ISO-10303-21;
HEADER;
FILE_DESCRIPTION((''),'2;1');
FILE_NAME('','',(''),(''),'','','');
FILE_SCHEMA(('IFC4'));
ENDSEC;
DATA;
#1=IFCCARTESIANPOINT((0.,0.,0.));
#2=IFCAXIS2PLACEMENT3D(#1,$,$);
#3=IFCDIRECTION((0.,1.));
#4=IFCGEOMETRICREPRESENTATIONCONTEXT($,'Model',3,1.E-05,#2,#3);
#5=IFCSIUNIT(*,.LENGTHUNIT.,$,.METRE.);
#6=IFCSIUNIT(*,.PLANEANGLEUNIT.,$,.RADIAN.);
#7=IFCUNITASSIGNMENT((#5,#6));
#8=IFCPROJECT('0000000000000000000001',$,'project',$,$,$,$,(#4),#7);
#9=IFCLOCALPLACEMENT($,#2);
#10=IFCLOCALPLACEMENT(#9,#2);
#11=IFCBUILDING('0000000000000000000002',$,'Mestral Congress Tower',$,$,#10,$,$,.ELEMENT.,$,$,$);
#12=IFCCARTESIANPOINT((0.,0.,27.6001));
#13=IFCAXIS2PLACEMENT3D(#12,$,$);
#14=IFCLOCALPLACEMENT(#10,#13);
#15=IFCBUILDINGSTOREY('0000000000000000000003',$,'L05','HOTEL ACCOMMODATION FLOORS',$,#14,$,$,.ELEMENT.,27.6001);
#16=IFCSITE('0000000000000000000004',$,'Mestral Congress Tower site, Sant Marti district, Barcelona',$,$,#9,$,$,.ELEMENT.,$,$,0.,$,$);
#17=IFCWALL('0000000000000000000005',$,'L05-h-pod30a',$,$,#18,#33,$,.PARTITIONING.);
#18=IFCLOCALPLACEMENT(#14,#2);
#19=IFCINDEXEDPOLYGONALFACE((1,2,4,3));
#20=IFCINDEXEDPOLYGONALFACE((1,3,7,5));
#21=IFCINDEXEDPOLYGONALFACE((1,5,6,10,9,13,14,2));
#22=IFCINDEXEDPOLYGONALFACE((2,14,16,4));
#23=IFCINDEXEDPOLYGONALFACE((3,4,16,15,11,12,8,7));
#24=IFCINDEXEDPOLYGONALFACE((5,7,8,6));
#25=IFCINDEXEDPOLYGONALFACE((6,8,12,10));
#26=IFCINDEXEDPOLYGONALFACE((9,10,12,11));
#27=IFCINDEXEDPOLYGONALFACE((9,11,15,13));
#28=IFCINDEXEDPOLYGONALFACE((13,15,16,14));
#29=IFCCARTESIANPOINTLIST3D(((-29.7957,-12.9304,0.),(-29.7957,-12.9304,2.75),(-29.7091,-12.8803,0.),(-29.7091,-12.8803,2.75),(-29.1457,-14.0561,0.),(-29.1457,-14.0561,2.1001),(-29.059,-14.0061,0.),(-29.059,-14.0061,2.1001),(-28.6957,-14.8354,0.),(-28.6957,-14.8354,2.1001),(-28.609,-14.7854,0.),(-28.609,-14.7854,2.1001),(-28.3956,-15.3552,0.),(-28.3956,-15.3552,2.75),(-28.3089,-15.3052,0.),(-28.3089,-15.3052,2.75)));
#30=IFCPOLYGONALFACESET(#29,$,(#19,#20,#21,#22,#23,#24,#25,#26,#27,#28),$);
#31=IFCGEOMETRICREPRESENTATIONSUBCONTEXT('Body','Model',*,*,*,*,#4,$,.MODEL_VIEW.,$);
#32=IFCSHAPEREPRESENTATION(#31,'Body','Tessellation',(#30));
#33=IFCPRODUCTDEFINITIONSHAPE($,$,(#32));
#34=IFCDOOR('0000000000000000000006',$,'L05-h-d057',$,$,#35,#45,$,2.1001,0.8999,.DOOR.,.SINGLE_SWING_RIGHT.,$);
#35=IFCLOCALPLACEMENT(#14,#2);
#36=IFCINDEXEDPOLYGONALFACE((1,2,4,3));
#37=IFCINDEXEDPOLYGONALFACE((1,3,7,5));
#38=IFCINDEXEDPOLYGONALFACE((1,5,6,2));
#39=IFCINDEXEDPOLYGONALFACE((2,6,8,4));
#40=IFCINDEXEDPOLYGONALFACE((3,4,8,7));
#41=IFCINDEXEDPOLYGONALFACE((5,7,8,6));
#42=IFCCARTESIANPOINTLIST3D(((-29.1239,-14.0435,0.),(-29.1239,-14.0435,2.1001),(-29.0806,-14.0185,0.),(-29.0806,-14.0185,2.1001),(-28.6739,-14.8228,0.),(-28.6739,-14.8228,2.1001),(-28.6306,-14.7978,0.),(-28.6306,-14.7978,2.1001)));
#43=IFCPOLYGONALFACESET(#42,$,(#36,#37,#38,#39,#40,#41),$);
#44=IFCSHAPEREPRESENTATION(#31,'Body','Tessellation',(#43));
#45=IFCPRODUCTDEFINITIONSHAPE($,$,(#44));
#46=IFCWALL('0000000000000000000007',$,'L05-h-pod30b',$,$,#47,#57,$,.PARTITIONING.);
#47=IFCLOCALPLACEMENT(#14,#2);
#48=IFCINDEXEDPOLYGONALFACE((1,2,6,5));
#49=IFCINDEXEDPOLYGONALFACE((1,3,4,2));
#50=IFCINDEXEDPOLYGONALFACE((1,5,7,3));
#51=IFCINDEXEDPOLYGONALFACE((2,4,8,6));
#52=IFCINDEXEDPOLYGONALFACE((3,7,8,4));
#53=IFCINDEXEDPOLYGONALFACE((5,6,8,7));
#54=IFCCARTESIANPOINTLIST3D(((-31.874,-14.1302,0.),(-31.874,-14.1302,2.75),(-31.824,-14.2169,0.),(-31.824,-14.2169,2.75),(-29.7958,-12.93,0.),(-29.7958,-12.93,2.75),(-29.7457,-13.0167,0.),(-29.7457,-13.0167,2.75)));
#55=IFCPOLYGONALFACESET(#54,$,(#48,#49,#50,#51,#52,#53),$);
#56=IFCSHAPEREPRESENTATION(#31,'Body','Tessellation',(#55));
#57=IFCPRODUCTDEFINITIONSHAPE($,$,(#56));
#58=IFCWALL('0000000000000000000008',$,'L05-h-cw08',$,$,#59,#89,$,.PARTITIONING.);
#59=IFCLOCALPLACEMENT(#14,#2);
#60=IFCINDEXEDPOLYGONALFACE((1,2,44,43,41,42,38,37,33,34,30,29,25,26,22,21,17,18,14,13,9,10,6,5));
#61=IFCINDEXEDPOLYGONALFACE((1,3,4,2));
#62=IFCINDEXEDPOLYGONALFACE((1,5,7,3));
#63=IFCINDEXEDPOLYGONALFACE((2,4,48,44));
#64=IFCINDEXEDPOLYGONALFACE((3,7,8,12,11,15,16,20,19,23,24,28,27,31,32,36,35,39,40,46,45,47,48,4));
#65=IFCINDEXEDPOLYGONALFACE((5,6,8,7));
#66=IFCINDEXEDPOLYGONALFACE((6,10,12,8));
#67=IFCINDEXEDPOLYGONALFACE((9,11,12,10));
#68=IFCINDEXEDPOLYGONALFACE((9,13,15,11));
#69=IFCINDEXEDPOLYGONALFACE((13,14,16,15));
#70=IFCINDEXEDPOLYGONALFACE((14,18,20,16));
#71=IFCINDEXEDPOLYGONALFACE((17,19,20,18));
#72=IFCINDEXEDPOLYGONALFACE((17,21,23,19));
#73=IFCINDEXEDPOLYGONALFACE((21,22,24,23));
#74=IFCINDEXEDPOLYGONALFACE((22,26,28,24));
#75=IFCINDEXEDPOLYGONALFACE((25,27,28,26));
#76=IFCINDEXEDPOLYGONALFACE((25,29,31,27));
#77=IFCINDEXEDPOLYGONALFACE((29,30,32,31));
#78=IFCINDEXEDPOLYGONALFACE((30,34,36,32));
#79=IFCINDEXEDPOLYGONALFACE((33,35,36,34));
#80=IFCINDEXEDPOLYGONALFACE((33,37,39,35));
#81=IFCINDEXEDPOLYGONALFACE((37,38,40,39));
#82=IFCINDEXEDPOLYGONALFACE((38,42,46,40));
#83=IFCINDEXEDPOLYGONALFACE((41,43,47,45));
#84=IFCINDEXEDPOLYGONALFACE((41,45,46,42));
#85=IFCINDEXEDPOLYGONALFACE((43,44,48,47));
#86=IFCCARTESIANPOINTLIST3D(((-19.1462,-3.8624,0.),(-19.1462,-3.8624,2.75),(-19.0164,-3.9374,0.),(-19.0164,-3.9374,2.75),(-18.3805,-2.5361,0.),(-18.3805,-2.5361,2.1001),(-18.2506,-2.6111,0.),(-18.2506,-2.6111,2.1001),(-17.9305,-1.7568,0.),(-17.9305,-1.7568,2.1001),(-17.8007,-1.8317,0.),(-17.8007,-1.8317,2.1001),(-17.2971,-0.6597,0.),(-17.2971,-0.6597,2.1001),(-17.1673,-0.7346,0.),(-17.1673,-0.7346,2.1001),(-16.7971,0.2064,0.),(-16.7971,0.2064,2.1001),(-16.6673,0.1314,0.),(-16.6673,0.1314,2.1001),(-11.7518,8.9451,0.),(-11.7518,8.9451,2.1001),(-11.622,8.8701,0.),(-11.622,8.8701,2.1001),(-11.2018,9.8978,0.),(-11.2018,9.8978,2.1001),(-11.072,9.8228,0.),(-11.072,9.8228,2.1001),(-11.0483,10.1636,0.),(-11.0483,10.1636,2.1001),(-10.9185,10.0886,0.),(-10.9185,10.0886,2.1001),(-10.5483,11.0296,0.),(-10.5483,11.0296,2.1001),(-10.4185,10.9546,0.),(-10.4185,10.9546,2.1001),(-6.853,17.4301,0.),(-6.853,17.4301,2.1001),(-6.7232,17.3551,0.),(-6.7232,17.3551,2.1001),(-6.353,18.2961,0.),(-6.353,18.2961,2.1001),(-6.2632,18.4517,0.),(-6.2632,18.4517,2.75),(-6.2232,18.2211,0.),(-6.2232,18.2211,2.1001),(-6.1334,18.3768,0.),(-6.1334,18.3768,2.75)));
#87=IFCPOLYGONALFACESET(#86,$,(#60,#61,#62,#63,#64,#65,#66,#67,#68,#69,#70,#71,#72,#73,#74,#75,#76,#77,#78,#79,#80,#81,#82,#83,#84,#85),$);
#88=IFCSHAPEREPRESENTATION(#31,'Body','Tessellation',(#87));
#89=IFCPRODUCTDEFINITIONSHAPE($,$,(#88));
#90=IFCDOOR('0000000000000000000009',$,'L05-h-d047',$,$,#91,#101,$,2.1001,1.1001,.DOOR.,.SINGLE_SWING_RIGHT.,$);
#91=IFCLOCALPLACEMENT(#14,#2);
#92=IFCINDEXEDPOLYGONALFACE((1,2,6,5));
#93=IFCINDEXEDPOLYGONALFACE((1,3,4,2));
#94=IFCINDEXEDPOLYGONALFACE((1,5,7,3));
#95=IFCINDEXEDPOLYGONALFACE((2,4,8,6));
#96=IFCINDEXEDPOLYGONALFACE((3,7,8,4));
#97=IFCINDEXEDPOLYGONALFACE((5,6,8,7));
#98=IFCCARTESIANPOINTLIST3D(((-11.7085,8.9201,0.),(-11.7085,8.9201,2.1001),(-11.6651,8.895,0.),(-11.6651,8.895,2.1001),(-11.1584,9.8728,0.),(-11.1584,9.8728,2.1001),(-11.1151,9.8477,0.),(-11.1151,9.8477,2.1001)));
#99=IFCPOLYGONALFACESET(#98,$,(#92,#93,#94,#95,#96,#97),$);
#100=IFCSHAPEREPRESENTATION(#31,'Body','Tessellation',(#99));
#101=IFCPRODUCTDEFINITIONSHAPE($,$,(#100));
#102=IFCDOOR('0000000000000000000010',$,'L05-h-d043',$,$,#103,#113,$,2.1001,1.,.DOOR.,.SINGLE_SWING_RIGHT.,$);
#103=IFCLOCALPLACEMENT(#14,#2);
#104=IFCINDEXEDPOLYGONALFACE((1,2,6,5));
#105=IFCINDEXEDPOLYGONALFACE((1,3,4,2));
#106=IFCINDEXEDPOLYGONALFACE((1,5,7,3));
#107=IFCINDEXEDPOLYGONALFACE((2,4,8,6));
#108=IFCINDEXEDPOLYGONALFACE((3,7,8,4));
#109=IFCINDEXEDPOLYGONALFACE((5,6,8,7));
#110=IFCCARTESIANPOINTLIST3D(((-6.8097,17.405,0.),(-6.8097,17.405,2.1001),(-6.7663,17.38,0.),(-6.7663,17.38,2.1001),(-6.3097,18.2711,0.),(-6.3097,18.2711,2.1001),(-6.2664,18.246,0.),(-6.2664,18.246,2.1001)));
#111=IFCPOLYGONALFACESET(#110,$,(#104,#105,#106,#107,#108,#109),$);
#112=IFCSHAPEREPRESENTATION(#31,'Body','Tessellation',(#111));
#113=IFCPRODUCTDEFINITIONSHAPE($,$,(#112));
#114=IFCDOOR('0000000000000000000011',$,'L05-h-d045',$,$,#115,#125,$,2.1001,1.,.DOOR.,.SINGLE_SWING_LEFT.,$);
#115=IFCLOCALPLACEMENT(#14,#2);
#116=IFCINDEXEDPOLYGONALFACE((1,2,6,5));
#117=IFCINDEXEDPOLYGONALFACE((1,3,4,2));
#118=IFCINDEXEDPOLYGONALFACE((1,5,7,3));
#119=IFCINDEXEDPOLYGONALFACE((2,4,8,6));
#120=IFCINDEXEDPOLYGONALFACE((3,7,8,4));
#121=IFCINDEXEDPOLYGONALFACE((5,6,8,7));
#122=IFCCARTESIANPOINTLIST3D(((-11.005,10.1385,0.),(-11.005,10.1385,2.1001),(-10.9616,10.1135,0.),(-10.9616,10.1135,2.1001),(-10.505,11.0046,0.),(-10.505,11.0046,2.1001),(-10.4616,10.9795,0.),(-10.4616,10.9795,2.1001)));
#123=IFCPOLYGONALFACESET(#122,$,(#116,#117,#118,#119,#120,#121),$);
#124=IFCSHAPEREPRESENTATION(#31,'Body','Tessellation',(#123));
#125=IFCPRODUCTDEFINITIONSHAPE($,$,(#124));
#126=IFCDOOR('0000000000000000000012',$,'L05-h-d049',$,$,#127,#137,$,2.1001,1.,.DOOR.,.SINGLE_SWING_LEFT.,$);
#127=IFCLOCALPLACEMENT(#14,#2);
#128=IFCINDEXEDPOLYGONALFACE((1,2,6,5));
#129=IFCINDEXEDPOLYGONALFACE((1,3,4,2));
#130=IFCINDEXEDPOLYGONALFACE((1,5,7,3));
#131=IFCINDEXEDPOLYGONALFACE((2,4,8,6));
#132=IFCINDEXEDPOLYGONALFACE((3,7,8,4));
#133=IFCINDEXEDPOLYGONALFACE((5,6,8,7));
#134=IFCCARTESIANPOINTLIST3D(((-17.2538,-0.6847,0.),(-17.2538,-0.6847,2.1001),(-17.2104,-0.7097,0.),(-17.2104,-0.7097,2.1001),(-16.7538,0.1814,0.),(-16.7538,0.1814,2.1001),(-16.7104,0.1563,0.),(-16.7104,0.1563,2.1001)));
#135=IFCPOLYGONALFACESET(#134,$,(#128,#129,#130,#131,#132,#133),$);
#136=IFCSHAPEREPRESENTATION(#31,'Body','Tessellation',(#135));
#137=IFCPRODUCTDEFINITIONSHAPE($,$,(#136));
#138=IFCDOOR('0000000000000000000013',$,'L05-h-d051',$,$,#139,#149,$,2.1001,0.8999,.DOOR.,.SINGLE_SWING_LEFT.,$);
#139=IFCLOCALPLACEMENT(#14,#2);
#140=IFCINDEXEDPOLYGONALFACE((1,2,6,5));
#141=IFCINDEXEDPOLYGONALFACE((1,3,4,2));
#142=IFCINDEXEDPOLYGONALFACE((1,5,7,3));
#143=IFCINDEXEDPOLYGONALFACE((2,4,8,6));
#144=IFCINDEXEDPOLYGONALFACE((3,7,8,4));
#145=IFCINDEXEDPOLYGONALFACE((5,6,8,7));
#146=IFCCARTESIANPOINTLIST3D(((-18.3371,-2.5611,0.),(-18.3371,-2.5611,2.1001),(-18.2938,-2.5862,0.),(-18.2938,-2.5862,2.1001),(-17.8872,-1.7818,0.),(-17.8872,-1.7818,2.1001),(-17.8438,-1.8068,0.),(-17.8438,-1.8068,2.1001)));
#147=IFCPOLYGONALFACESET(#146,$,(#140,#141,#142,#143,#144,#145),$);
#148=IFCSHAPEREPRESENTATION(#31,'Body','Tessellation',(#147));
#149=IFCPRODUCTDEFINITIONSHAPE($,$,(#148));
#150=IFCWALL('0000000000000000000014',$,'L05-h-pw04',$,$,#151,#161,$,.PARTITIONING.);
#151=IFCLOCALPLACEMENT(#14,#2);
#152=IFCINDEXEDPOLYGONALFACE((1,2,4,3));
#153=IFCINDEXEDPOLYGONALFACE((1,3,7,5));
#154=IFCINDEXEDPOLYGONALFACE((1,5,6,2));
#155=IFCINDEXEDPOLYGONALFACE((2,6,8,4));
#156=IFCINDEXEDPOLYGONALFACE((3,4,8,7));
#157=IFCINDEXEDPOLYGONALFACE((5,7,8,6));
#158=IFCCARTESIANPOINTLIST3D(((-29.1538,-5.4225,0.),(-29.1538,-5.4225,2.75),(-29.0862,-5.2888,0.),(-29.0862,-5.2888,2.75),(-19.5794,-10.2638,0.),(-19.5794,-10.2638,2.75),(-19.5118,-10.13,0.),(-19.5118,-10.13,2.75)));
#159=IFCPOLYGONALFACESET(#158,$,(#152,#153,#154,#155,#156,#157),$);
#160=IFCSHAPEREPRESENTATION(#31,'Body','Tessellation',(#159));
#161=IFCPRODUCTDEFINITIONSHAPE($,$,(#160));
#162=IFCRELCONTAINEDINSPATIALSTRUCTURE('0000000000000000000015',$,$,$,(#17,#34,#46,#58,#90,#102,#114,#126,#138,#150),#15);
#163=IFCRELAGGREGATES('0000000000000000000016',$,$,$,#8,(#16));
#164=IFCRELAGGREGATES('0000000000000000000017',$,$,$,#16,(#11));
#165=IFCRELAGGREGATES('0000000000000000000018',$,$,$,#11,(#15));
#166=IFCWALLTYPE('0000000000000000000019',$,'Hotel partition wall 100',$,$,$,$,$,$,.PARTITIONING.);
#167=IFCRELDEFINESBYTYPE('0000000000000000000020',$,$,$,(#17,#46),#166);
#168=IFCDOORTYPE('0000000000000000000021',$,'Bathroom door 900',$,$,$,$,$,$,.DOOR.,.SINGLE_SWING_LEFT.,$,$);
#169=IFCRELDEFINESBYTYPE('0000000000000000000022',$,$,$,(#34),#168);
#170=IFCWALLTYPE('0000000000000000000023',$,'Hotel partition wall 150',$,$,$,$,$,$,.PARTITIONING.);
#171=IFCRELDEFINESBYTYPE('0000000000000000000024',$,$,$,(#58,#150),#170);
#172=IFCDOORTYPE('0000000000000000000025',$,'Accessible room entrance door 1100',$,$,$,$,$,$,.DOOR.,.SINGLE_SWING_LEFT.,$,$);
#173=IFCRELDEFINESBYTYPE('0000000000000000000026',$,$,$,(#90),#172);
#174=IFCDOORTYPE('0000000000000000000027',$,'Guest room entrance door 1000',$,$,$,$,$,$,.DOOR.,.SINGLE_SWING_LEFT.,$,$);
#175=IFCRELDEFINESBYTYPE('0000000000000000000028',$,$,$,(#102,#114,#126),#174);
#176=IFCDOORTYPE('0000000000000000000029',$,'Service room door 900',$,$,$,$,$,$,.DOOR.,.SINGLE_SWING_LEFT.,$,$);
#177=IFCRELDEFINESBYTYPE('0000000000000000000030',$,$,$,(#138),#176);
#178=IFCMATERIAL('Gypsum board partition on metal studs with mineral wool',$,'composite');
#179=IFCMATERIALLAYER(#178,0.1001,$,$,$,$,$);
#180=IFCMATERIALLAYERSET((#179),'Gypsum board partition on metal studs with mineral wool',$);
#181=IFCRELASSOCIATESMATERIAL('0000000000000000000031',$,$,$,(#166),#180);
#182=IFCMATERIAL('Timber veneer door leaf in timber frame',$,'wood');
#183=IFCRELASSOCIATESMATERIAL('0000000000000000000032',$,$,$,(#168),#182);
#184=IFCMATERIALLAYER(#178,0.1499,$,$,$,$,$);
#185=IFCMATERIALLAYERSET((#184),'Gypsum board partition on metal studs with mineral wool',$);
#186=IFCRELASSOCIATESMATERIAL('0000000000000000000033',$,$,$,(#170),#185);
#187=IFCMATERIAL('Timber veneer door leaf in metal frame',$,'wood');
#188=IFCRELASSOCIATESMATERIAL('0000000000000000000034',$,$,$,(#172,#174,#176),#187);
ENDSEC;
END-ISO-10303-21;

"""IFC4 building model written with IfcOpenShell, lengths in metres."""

from ifc_helpers import new_model, si_unit, direction, frame, frame_2d, origin, place, context, subcontext, project, spatial, rectangle, extrude, material, layer, layer_set, type_object, element, fill, save


model = new_model("IFC4")

# Units and contexts
model_context = context("Model", 3, precision=1e-05, world=origin(), true_north=direction((0.0, 1.0)))
body_context = subcontext(model_context, "Body", "Model", "MODEL_VIEW")
ifc_project = project(units=[si_unit("LENGTHUNIT", "METRE"), si_unit("PLANEANGLEUNIT", "RADIAN")], contexts=[model_context])

# Site, building, storey
site_placement = place(None, origin())
site = spatial("IfcSite", under=ifc_project, at=site_placement, Name="Mestral Congress Tower site, Sant Marti district, Barcelona", CompositionType="ELEMENT", RefElevation=0.0)
building_placement = place(site_placement, origin())
building = spatial("IfcBuilding", under=site, at=building_placement, Name="Mestral Congress Tower", CompositionType="ELEMENT")
storey_placement = place(building_placement, frame((0.0, 0.0, 27.6001)))
storey = spatial("IfcBuildingStorey", under=building, at=storey_placement, Name="L05", Description="HOTEL ACCOMMODATION FLOORS", CompositionType="ELEMENT", Elevation=27.6001)

# Shared definitions
ifc_material_1 = material(Name="Gypsum board partition on metal studs with mineral wool", Category="composite")
ifc_layer_1 = layer(ifc_material_1, 0.1001)
ifc_layer_set_1 = layer_set([ifc_layer_1], Name="Gypsum board partition on metal studs with mineral wool")
wall_type_1 = type_object("IfcWallType", Name="Hotel partition wall 100", PredefinedType="PARTITIONING", material=ifc_layer_set_1)
ifc_material_2 = material(Name="Timber veneer door leaf in timber frame", Category="wood")
door_type_1 = type_object("IfcDoorType", Name="Bathroom door 900", OperationType="SINGLE_SWING_LEFT", PredefinedType="DOOR", material=ifc_material_2)

# Wall, opening, door
wall_1_placement = place(storey_placement, frame((-28.3523, -15.3301, 0.0), z_axis=(0.0, 0.0, 1.0), x_axis=(-0.50005, 0.865997, 0.0)))
wall_1 = element("IfcWall", 1, at=wall_1_placement, inside=storey, type_object=wall_type_1, Name="L05-h-pod30a", PredefinedType="PARTITIONING", context=body_context, shape_type="SweptSolid", body=[
    extrude(rectangle(XDim=2.8, YDim=0.1001, at=frame_2d((1.3999, 0.0))), origin(), (0.0, 0.0, 1.0), 2.75),
])
opening_1_placement = place(wall_1_placement, frame((0.6001, 0.0, 0.0)))
opening_1 = element("IfcOpeningElement", 2, at=opening_1_placement, cuts=wall_1, PredefinedType="OPENING", context=body_context, shape_type="SweptSolid", body=[
    extrude(rectangle(XDim=0.8999, YDim=2.1001, at=frame_2d((0.45, 1.05))), frame((0.0, 0.0601, 0.0), z_axis=(0.0, -1.0, 0.0), x_axis=(1.0, 0.0, 0.0)), (0.0, 0.0, 1.0), 0.1201),
])
door_1_placement = place(opening_1_placement, origin())
door_1 = element("IfcDoor", 3, at=door_1_placement, inside=storey, type_object=door_type_1, Name="L05-h-d057", OperationType="SINGLE_SWING_RIGHT", OverallHeight=2.1001, OverallWidth=0.8999, PredefinedType="DOOR", context=body_context, shape_type="SweptSolid", body=[
    extrude(rectangle(XDim=0.8999, YDim=2.1001, at=frame_2d((0.45, 1.05))), frame((0.0, 0.0249, 0.0), z_axis=(0.0, -1.0, 0.0), x_axis=(1.0, 0.0, 0.0)), (0.0, 0.0, 1.0), 0.05),
])
fill(opening_1, door_1)

# Wall
wall_2_placement = place(storey_placement, frame((-29.7708, -12.9734, 0.0), z_axis=(0.0, 0.0, 1.0), x_axis=(-0.865981, -0.500078, 0.0)))
element("IfcWall", 4, at=wall_2_placement, inside=storey, type_object=wall_type_1, Name="L05-h-pod30b", PredefinedType="PARTITIONING", context=body_context, shape_type="SweptSolid", body=[
    extrude(rectangle(XDim=2.3999, YDim=0.1001, at=frame_2d((1.2, 0.0))), origin(), (0.0, 0.0, 1.0), 2.75),
])

# Wall, openings, doors
ifc_layer_2 = layer(ifc_material_1, 0.1499)
ifc_layer_set_2 = layer_set([ifc_layer_2], Name="Gypsum board partition on metal studs with mineral wool")
wall_type_2 = type_object("IfcWallType", Name="Hotel partition wall 150", PredefinedType="PARTITIONING", material=ifc_layer_set_2)
wall_3_placement = place(storey_placement, frame((-19.0813, -3.8999, 0.0), z_axis=(0.0, 0.0, 1.0), x_axis=(0.499998, 0.866026, 0.0)))
wall_3 = element("IfcWall", 5, at=wall_3_placement, inside=storey, type_object=wall_type_2, Name="L05-h-cw08", PredefinedType="PARTITIONING", context=body_context, shape_type="SweptSolid", body=[
    extrude(rectangle(XDim=25.7661, YDim=0.1499, at=frame_2d((12.8831, 0.0))), origin(), (0.0, 0.0, 1.0), 2.75),
])
opening_2_placement = place(wall_3_placement, frame((24.5864, 0.0, 0.0)))
opening_2 = element("IfcOpeningElement", 6, at=opening_2_placement, cuts=wall_3, PredefinedType="OPENING", context=body_context, shape_type="SweptSolid", body=[
    extrude(rectangle(XDim=1.0, YDim=2.1001, at=frame_2d((0.5, 1.05))), frame((0.0, 0.085, 0.0), z_axis=(0.0, -1.0, 0.0), x_axis=(1.0, 0.0, 0.0)), (0.0, 0.0, 1.0), 0.1699),
])
opening_3_placement = place(wall_3_placement, frame((16.1958, 0.0, 0.0)))
opening_3 = element("IfcOpeningElement", 7, at=opening_3_placement, cuts=wall_3, PredefinedType="OPENING", context=body_context, shape_type="SweptSolid", body=[
    extrude(rectangle(XDim=1.0, YDim=2.1001, at=frame_2d((0.5, 1.05))), frame((0.0, 0.085, 0.0), z_axis=(0.0, -1.0, 0.0), x_axis=(1.0, 0.0, 0.0)), (0.0, 0.0, 1.0), 0.1699),
])
opening_4_placement = place(wall_3_placement, frame((14.7888, 0.0, 0.0)))
opening_4 = element("IfcOpeningElement", 8, at=opening_4_placement, cuts=wall_3, PredefinedType="OPENING", context=body_context, shape_type="SweptSolid", body=[
    extrude(rectangle(XDim=1.1001, YDim=2.1001, at=frame_2d((0.55, 1.05))), frame((0.0, 0.085, 0.0), z_axis=(0.0, -1.0, 0.0), x_axis=(1.0, 0.0, 0.0)), (0.0, 0.0, 1.0), 0.1699),
])
opening_5_placement = place(wall_3_placement, frame((3.6982, 0.0, 0.0)))
opening_5 = element("IfcOpeningElement", 9, at=opening_5_placement, cuts=wall_3, PredefinedType="OPENING", context=body_context, shape_type="SweptSolid", body=[
    extrude(rectangle(XDim=1.0, YDim=2.1001, at=frame_2d((0.5, 1.05))), frame((0.0, 0.085, 0.0), z_axis=(0.0, -1.0, 0.0), x_axis=(1.0, 0.0, 0.0)), (0.0, 0.0, 1.0), 0.1699),
])
opening_6_placement = place(wall_3_placement, frame((1.5315, 0.0, 0.0)))
opening_6 = element("IfcOpeningElement", 10, at=opening_6_placement, cuts=wall_3, PredefinedType="OPENING", context=body_context, shape_type="SweptSolid", body=[
    extrude(rectangle(XDim=0.8999, YDim=2.1001, at=frame_2d((0.45, 1.05))), frame((0.0, 0.085, 0.0), z_axis=(0.0, -1.0, 0.0), x_axis=(1.0, 0.0, 0.0)), (0.0, 0.0, 1.0), 0.1699),
])
ifc_material_3 = material(Name="Timber veneer door leaf in metal frame", Category="wood")
door_type_2 = type_object("IfcDoorType", Name="Accessible room entrance door 1100", OperationType="SINGLE_SWING_LEFT", PredefinedType="DOOR", material=ifc_material_3)
door_2_placement = place(opening_4_placement, origin())
door_2 = element("IfcDoor", 11, at=door_2_placement, inside=storey, type_object=door_type_2, Name="L05-h-d047", OperationType="SINGLE_SWING_RIGHT", OverallHeight=2.1001, OverallWidth=1.1001, PredefinedType="DOOR", context=body_context, shape_type="SweptSolid", body=[
    extrude(rectangle(XDim=1.1001, YDim=2.1001, at=frame_2d((0.55, 1.05))), frame((0.0, 0.0249, 0.0), z_axis=(0.0, -1.0, 0.0), x_axis=(1.0, 0.0, 0.0)), (0.0, 0.0, 1.0), 0.05),
])
fill(opening_4, door_2)
door_type_3 = type_object("IfcDoorType", Name="Guest room entrance door 1000", OperationType="SINGLE_SWING_LEFT", PredefinedType="DOOR", material=ifc_material_3)
door_3_placement = place(opening_2_placement, origin())
door_3 = element("IfcDoor", 12, at=door_3_placement, inside=storey, type_object=door_type_3, Name="L05-h-d043", OperationType="SINGLE_SWING_RIGHT", OverallHeight=2.1001, OverallWidth=1.0, PredefinedType="DOOR", context=body_context, shape_type="SweptSolid", body=[
    extrude(rectangle(XDim=1.0, YDim=2.1001, at=frame_2d((0.5, 1.05))), frame((0.0, 0.0249, 0.0), z_axis=(0.0, -1.0, 0.0), x_axis=(1.0, 0.0, 0.0)), (0.0, 0.0, 1.0), 0.05),
])
fill(opening_2, door_3)
door_4_placement = place(opening_3_placement, origin())
door_4 = element("IfcDoor", 13, at=door_4_placement, inside=storey, type_object=door_type_3, Name="L05-h-d045", OperationType="SINGLE_SWING_LEFT", OverallHeight=2.1001, OverallWidth=1.0, PredefinedType="DOOR", context=body_context, shape_type="SweptSolid", body=[
    extrude(rectangle(XDim=1.0, YDim=2.1001, at=frame_2d((0.5, 1.05))), frame((0.0, 0.0249, 0.0), z_axis=(0.0, -1.0, 0.0), x_axis=(1.0, 0.0, 0.0)), (0.0, 0.0, 1.0), 0.05),
])
fill(opening_3, door_4)
door_5_placement = place(opening_5_placement, origin())
door_5 = element("IfcDoor", 14, at=door_5_placement, inside=storey, type_object=door_type_3, Name="L05-h-d049", OperationType="SINGLE_SWING_LEFT", OverallHeight=2.1001, OverallWidth=1.0, PredefinedType="DOOR", context=body_context, shape_type="SweptSolid", body=[
    extrude(rectangle(XDim=1.0, YDim=2.1001, at=frame_2d((0.5, 1.05))), frame((0.0, 0.0249, 0.0), z_axis=(0.0, -1.0, 0.0), x_axis=(1.0, 0.0, 0.0)), (0.0, 0.0, 1.0), 0.05),
])
fill(opening_5, door_5)
door_type_4 = type_object("IfcDoorType", Name="Service room door 900", OperationType="SINGLE_SWING_LEFT", PredefinedType="DOOR", material=ifc_material_3)
door_6_placement = place(opening_6_placement, origin())
door_6 = element("IfcDoor", 15, at=door_6_placement, inside=storey, type_object=door_type_4, Name="L05-h-d051", OperationType="SINGLE_SWING_LEFT", OverallHeight=2.1001, OverallWidth=0.8999, PredefinedType="DOOR", context=body_context, shape_type="SweptSolid", body=[
    extrude(rectangle(XDim=0.8999, YDim=2.1001, at=frame_2d((0.45, 1.05))), frame((0.0, 0.0249, 0.0), z_axis=(0.0, -1.0, 0.0), x_axis=(1.0, 0.0, 0.0)), (0.0, 0.0, 1.0), 0.05),
])
fill(opening_6, door_6)

# Wall
wall_4_placement = place(storey_placement, frame((-29.1199, -5.3557, 0.0), z_axis=(0.0, 0.0, 1.0), x_axis=(0.892402, -0.451241, 0.0)))
element("IfcWall", 16, at=wall_4_placement, inside=storey, type_object=wall_type_2, Name="L05-h-pw04", PredefinedType="PARTITIONING", context=body_context, shape_type="SweptSolid", body=[
    extrude(rectangle(XDim=10.7288, YDim=0.1499, at=frame_2d((5.3643, 0.0))), origin(), (0.0, 0.0, 1.0), 2.75),
])

save(model, "model.ifc")
